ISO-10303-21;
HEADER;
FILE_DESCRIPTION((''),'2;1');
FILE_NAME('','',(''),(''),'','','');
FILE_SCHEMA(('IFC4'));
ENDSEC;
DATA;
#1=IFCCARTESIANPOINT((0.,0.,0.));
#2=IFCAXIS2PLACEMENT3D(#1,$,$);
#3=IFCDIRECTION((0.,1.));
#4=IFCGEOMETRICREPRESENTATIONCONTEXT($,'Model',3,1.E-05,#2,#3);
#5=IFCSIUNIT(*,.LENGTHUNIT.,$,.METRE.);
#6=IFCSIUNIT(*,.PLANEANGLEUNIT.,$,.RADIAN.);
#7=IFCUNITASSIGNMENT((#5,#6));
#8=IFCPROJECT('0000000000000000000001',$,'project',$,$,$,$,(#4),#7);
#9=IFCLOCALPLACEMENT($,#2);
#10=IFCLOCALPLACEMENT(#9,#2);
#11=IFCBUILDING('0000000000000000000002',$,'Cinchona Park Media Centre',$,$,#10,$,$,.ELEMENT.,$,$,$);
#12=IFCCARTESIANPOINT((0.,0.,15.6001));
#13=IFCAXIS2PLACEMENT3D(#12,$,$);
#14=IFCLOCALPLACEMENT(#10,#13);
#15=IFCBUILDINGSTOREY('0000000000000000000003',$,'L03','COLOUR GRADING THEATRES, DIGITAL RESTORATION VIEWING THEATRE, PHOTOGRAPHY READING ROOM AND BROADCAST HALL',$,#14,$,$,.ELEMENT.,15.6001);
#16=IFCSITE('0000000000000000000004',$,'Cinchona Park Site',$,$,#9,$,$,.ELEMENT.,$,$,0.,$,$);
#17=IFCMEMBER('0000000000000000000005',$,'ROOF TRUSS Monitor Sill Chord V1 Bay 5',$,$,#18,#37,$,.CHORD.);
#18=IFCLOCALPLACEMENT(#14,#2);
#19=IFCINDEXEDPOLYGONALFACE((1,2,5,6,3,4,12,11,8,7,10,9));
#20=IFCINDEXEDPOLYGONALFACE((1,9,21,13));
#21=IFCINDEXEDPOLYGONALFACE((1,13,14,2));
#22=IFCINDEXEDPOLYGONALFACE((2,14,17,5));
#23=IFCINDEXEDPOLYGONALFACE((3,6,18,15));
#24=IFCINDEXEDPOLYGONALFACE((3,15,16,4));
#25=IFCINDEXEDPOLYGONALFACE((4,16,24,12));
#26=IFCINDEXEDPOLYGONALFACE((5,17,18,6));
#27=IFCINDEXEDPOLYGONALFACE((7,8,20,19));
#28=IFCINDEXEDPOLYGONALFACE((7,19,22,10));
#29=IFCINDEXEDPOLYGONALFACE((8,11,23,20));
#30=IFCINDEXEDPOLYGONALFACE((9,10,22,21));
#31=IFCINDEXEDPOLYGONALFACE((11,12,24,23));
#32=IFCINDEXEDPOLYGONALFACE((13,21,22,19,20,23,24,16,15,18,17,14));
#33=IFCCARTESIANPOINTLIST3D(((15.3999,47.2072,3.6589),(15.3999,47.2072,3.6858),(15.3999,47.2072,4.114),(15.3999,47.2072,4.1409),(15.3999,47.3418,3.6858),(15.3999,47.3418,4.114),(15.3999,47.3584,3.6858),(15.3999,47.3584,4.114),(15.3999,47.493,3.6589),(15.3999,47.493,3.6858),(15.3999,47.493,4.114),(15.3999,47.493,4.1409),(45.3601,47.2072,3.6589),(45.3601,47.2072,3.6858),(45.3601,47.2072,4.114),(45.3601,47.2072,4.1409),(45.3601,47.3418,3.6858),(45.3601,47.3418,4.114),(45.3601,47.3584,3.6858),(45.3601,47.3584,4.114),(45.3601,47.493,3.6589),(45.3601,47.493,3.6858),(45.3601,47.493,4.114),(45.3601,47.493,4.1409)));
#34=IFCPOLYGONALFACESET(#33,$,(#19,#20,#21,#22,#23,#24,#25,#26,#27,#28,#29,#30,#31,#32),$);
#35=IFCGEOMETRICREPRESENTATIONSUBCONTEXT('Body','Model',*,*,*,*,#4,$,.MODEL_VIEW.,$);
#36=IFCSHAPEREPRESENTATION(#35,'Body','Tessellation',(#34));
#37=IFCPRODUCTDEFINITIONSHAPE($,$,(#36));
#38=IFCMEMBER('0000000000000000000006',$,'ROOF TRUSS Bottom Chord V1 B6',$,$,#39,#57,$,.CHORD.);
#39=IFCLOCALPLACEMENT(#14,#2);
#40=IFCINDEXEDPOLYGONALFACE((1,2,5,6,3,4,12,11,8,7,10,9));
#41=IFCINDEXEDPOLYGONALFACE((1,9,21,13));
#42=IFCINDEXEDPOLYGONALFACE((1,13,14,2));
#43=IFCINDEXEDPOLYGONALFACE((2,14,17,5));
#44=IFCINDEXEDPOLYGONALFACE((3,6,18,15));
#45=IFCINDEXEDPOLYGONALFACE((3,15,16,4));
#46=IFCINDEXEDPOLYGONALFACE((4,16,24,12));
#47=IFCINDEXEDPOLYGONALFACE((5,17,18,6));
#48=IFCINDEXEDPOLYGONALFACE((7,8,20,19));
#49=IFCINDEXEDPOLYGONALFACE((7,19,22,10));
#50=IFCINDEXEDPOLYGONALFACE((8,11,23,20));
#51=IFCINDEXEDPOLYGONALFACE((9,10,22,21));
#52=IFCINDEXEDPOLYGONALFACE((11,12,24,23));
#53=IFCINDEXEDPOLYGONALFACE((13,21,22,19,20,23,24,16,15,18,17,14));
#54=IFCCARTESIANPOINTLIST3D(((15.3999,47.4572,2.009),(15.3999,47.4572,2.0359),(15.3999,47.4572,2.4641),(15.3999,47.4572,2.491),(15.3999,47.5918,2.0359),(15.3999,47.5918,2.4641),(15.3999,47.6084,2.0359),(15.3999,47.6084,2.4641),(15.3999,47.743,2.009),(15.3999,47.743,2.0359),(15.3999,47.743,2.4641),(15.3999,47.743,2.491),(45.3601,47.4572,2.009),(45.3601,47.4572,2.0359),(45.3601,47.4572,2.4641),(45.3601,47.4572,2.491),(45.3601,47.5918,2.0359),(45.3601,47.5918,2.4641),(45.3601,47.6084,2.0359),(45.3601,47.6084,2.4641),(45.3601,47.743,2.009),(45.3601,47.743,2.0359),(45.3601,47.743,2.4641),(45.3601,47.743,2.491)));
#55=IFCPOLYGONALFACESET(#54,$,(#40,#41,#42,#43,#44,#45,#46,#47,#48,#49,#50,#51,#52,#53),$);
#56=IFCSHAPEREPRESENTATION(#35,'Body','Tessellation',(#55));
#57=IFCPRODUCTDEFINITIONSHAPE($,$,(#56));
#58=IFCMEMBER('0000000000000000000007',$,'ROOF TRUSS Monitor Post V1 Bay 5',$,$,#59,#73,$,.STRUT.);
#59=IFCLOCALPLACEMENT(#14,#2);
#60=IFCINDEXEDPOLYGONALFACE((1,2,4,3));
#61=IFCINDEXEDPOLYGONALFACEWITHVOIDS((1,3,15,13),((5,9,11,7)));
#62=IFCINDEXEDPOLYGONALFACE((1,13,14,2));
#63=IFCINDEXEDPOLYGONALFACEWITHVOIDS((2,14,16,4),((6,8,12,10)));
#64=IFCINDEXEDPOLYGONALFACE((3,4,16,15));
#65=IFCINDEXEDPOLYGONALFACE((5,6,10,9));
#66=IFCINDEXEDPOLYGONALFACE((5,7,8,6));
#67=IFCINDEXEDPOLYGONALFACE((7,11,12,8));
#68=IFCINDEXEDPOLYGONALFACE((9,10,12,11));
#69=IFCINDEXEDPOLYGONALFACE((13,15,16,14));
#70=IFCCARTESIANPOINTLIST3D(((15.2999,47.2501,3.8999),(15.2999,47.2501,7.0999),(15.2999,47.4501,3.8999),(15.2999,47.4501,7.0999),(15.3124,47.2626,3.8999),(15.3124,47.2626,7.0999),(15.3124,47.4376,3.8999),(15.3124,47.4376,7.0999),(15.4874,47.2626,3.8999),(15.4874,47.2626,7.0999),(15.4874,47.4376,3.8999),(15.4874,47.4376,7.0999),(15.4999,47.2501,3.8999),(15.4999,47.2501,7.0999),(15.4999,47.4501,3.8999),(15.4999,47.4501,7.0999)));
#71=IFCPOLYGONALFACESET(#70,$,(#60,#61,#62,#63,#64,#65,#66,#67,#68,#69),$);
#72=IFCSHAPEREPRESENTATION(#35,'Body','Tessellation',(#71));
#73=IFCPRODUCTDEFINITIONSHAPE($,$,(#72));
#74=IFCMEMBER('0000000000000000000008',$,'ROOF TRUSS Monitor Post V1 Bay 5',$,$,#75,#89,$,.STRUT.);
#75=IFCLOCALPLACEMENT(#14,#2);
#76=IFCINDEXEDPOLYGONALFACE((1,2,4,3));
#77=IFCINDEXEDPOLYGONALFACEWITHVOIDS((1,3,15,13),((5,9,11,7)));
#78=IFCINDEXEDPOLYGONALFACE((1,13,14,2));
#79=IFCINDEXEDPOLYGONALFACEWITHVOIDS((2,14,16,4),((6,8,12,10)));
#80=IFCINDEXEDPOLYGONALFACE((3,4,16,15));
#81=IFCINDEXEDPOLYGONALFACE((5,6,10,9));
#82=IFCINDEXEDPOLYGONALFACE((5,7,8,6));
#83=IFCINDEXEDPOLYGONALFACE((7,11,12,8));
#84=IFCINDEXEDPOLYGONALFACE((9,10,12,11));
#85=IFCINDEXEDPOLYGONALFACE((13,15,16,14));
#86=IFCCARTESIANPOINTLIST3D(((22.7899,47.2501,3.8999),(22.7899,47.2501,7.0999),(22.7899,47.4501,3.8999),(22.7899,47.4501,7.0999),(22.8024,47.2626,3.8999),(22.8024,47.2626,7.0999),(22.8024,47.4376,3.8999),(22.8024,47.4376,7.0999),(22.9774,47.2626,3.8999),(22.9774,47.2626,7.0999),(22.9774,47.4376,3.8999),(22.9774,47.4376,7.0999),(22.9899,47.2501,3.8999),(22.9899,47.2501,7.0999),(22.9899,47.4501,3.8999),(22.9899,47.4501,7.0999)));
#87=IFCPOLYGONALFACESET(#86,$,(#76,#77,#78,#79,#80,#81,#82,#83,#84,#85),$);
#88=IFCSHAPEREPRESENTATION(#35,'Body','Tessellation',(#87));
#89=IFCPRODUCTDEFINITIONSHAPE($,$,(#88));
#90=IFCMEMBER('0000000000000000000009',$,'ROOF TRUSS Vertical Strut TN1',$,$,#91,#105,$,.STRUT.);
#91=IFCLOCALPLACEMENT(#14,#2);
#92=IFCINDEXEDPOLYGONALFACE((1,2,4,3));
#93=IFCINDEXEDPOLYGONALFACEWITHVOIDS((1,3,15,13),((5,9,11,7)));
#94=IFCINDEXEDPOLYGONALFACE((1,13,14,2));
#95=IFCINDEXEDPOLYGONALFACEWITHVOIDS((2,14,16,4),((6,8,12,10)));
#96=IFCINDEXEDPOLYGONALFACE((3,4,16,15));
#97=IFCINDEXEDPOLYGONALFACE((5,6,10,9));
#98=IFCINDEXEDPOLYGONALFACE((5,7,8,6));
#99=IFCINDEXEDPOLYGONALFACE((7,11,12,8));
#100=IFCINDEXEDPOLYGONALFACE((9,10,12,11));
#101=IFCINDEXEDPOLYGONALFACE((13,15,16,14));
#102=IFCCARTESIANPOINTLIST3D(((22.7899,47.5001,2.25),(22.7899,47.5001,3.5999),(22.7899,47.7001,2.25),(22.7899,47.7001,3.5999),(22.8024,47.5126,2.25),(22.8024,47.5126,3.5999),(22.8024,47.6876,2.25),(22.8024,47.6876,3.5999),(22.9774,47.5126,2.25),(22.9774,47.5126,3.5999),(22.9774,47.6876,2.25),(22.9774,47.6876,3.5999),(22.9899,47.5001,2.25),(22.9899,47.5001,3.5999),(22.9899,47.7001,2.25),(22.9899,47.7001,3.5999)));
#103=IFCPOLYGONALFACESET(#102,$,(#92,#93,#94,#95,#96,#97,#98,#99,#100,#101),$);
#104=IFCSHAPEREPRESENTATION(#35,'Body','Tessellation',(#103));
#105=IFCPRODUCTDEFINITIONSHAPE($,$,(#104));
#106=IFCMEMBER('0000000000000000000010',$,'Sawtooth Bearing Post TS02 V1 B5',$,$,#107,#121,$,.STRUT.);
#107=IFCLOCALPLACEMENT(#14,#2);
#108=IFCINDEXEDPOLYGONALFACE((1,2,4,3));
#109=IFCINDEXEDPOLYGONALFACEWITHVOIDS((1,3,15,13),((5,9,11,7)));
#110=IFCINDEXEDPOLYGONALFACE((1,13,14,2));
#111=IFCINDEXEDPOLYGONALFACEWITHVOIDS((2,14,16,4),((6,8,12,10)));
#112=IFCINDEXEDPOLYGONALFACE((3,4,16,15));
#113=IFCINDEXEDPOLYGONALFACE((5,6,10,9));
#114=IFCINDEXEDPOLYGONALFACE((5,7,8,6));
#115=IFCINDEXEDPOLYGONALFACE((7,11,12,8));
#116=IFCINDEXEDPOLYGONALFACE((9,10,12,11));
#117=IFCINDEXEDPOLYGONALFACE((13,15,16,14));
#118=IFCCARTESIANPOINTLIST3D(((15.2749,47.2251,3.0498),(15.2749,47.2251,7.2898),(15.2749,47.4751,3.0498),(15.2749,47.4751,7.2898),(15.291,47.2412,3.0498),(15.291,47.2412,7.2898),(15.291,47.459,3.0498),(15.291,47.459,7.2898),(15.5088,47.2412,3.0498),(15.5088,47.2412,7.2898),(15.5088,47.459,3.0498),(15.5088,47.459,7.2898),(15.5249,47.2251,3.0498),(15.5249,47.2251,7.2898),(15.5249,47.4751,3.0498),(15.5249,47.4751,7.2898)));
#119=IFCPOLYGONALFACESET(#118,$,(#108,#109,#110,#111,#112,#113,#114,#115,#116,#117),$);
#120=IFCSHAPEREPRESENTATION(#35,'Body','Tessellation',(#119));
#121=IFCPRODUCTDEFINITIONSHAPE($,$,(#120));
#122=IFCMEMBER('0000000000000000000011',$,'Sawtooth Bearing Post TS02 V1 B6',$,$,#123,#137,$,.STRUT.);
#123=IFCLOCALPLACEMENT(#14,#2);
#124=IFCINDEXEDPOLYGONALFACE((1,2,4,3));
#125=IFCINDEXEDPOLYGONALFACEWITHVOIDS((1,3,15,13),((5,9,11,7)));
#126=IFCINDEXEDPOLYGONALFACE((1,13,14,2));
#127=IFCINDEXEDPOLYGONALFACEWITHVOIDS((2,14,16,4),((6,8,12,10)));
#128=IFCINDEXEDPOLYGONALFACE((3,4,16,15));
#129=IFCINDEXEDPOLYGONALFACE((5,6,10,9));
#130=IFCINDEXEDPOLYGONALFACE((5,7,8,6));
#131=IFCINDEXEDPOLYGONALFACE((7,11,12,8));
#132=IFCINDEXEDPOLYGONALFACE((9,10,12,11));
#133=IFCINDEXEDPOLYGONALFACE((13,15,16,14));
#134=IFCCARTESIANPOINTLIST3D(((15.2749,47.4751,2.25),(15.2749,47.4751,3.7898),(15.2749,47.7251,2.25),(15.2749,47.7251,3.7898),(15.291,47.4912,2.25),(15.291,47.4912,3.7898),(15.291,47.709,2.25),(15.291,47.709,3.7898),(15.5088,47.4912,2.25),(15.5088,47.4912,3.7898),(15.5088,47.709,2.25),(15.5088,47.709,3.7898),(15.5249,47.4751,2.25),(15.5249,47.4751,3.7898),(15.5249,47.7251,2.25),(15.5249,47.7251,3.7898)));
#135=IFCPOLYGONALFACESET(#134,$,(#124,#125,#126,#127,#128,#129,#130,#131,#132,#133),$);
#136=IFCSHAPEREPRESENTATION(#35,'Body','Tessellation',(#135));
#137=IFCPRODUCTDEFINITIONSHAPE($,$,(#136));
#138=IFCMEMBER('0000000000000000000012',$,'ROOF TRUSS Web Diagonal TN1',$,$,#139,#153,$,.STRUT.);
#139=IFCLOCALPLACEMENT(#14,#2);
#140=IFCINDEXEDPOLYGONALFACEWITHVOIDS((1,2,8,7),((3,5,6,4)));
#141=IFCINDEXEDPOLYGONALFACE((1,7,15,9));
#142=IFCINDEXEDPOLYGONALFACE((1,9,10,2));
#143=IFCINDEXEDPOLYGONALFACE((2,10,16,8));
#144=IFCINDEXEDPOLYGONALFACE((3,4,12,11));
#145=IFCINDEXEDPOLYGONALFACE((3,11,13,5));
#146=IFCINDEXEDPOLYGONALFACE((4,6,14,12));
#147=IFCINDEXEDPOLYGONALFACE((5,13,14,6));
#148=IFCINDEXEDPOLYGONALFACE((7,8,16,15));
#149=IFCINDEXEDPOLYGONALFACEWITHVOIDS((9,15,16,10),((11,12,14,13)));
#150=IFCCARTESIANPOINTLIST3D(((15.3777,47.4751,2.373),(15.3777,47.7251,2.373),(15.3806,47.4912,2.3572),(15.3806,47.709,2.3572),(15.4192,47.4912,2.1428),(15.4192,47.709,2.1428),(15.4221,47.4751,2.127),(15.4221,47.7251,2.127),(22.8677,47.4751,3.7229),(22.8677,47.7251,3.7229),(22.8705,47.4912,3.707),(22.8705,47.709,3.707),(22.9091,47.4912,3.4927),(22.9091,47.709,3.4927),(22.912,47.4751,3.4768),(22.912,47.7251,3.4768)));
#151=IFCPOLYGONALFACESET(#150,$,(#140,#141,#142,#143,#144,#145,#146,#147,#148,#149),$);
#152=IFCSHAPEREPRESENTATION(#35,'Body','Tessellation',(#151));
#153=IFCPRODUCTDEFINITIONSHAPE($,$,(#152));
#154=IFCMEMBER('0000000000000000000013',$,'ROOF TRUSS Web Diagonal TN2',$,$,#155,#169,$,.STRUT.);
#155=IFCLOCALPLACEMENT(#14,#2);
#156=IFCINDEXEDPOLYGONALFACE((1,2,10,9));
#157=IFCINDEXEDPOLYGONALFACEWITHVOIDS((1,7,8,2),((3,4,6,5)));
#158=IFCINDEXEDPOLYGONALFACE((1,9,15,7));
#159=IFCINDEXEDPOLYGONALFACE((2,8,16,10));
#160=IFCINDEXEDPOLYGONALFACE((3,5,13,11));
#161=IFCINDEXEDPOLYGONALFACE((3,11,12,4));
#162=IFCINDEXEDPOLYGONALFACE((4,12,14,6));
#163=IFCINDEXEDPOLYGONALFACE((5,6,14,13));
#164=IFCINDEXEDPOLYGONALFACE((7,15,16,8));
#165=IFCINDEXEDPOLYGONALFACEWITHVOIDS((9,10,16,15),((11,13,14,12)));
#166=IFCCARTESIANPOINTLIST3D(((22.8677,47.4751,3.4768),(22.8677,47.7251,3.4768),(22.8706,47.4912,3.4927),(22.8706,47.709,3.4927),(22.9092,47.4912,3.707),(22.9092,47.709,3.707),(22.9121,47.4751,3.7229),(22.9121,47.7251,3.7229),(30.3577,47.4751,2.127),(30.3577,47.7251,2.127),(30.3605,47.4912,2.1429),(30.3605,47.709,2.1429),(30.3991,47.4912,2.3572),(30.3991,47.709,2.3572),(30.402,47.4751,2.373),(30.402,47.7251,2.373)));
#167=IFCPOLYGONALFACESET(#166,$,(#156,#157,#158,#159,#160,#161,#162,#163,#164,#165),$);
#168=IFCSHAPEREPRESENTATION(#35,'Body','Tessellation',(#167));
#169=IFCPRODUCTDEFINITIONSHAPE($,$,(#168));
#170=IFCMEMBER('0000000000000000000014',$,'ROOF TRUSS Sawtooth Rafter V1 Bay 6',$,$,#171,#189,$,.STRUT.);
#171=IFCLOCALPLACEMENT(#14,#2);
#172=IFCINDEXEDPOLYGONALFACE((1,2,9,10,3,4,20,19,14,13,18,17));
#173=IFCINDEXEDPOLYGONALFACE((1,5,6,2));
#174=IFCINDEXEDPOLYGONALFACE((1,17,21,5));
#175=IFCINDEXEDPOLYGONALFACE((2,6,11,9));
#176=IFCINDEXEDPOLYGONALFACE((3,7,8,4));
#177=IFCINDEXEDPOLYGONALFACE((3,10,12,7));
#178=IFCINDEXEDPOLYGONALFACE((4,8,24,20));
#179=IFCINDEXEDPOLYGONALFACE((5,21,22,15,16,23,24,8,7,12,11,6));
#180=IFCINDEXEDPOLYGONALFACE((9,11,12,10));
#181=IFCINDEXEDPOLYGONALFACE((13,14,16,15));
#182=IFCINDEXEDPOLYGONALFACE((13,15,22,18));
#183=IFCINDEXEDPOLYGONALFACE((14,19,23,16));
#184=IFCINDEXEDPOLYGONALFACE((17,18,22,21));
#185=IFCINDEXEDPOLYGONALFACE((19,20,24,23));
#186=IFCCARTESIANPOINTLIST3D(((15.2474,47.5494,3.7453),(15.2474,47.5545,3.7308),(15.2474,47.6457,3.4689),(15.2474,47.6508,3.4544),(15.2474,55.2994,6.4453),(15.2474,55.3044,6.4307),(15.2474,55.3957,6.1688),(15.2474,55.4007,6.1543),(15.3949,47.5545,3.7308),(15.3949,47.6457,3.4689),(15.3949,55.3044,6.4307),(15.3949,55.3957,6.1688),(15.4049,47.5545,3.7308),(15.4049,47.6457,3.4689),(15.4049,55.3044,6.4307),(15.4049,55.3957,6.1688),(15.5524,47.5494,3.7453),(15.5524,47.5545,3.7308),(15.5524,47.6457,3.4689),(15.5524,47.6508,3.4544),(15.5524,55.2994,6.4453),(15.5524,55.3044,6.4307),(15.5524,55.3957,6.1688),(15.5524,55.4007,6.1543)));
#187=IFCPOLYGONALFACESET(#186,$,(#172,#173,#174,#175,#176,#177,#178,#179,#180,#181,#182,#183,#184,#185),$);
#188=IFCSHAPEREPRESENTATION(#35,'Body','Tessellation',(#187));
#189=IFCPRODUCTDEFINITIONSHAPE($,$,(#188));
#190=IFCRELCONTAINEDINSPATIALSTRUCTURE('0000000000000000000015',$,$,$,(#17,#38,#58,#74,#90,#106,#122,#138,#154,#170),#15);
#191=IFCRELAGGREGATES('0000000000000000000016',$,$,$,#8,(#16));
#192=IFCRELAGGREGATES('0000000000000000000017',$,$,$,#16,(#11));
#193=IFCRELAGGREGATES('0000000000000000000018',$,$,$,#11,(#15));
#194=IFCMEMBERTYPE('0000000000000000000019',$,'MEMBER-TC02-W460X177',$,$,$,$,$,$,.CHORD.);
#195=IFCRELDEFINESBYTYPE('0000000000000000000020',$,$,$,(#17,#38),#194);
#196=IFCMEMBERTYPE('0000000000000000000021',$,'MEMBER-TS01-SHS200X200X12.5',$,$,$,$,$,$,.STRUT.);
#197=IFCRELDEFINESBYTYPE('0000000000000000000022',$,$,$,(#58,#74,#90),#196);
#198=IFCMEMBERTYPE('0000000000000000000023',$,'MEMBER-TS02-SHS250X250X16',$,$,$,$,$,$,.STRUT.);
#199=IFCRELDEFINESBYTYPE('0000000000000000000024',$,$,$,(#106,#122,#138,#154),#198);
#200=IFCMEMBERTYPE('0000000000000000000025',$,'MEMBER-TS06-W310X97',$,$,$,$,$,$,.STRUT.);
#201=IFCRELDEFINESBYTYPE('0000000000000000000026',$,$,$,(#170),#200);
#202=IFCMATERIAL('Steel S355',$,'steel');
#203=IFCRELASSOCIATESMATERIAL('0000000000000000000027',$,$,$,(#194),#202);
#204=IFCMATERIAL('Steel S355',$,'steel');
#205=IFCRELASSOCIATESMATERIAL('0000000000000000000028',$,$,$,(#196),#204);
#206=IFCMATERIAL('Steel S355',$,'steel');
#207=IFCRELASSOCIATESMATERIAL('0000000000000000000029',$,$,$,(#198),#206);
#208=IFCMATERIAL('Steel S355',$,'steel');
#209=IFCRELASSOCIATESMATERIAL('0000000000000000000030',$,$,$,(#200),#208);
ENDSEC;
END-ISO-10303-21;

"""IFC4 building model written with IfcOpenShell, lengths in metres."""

from ifc_helpers import new_model, si_unit, direction, frame, origin, origin_2d, place, context, subcontext, project, spatial, hollow_rectangle, i_section, extrude, material, material_profile, profile_set, type_object, element, save


model = new_model("IFC4")

# Units and contexts
model_context = context("Model", 3, precision=1e-05, world=origin(), true_north=direction((0.0, 1.0)))
body_context = subcontext(model_context, "Body", "Model", "MODEL_VIEW")
ifc_project = project(units=[si_unit("LENGTHUNIT", "METRE"), si_unit("PLANEANGLEUNIT", "RADIAN")], contexts=[model_context])

# Site, building, storey
site_placement = place(None, origin())
site = spatial("IfcSite", under=ifc_project, at=site_placement, Name="Cinchona Park Site", CompositionType="ELEMENT", RefElevation=0.0)
building_placement = place(site_placement, origin())
building = spatial("IfcBuilding", under=site, at=building_placement, Name="Cinchona Park Media Centre", CompositionType="ELEMENT")
storey_placement = place(building_placement, frame((0.0, 0.0, 15.6001)))
storey = spatial("IfcBuildingStorey", under=building, at=storey_placement, Name="L03", Description="COLOUR GRADING THEATRES, DIGITAL RESTORATION VIEWING THEATRE, PHOTOGRAPHY READING ROOM AND BROADCAST HALL", CompositionType="ELEMENT", Elevation=15.6001)

# Members
ifc_material_1 = material(Name="Steel S355", Category="steel")
ifc_material_profile_1 = material_profile(ifc_material_1, i_section(OverallWidth=0.2859, OverallDepth=0.4819, WebThickness=0.0166, FlangeThickness=0.0269, at=origin_2d()), Name="W460X177")
ifc_profile_set_1 = profile_set([ifc_material_profile_1], Name="Steel S355")
member_type_1 = type_object("IfcMemberType", Name="MEMBER-TC02-W460X177", PredefinedType="CHORD", material=ifc_profile_set_1)
for number, where, z_axis, x_axis, name in (
    (1, (15.3999, 47.3501, 3.8999), (1.0, 0.0, 0.0), (0.0, 1.0, 0.0), "ROOF TRUSS Monitor Sill Chord V1 Bay 5"),
    (2, (15.3999, 47.6001, 2.25), (1.0, 0.0, 0.0), (0.0, 1.0, 0.0), "ROOF TRUSS Bottom Chord V1 B6"),
):
    element("IfcMember", number, at=place(storey_placement, frame(where, z_axis=z_axis, x_axis=x_axis)), inside=storey, type_object=member_type_1, Name=name, PredefinedType="CHORD", context=body_context, shape_type="SweptSolid", body=[
        extrude(i_section(OverallWidth=0.2859, OverallDepth=0.4819, WebThickness=0.0166, FlangeThickness=0.0269, at=origin_2d()), origin(), (0.0, 0.0, 1.0), 29.9602),
    ])
ifc_material_2 = material(Name="Steel S355", Category="steel")
ifc_material_profile_2 = material_profile(ifc_material_2, hollow_rectangle(XDim=0.2, YDim=0.2, WallThickness=0.0125, at=origin_2d()), Name="200X200X12.5SHS")
ifc_profile_set_2 = profile_set([ifc_material_profile_2], Name="Steel S355")
member_type_2 = type_object("IfcMemberType", Name="MEMBER-TS01-SHS200X200X12.5", PredefinedType="STRUT", material=ifc_profile_set_2)
for number, where, z_axis, x_axis, name in (
    (3, (15.3999, 47.3501, 3.8999), (0.0, 0.0, 1.0), (1.0, 0.0, 0.0), "ROOF TRUSS Monitor Post V1 Bay 5"),
    (4, (22.8899, 47.3501, 3.8999), (0.0, 0.0, 1.0), (1.0, 0.0, 0.0), "ROOF TRUSS Monitor Post V1 Bay 5"),
):
    element("IfcMember", number, at=place(storey_placement, frame(where, z_axis=z_axis, x_axis=x_axis)), inside=storey, type_object=member_type_2, Name=name, PredefinedType="STRUT", context=body_context, shape_type="SweptSolid", body=[
        extrude(hollow_rectangle(XDim=0.2, YDim=0.2, WallThickness=0.0125, at=origin_2d()), origin(), (0.0, 0.0, 1.0), 3.2),
    ])
member_1_placement = place(storey_placement, frame((22.8899, 47.6001, 2.25), z_axis=(0.0, 0.0, 1.0), x_axis=(1.0, 0.0, 0.0)))
element("IfcMember", 5, at=member_1_placement, inside=storey, type_object=member_type_2, Name="ROOF TRUSS Vertical Strut TN1", PredefinedType="STRUT", context=body_context, shape_type="SweptSolid", body=[
    extrude(hollow_rectangle(XDim=0.2, YDim=0.2, WallThickness=0.0125, at=origin_2d()), origin(), (0.0, 0.0, 1.0), 1.3499),
])
ifc_material_3 = material(Name="Steel S355", Category="steel")
ifc_material_profile_3 = material_profile(ifc_material_3, hollow_rectangle(XDim=0.25, YDim=0.25, WallThickness=0.0161, at=origin_2d()), Name="250X250X16SHS")
ifc_profile_set_3 = profile_set([ifc_material_profile_3], Name="Steel S355")
member_type_3 = type_object("IfcMemberType", Name="MEMBER-TS02-SHS250X250X16", PredefinedType="STRUT", material=ifc_profile_set_3)
member_2_placement = place(storey_placement, frame((15.3999, 47.3501, 3.0498), z_axis=(0.0, 0.0, 1.0), x_axis=(1.0, 0.0, 0.0)))
element("IfcMember", 6, at=member_2_placement, inside=storey, type_object=member_type_3, Name="Sawtooth Bearing Post TS02 V1 B5", PredefinedType="STRUT", context=body_context, shape_type="SweptSolid", body=[
    extrude(hollow_rectangle(XDim=0.25, YDim=0.25, WallThickness=0.0161, at=origin_2d()), origin(), (0.0, 0.0, 1.0), 4.24),
])
member_3_placement = place(storey_placement, frame((15.3999, 47.6001, 2.25), z_axis=(0.0, 0.0, 1.0), x_axis=(1.0, 0.0, 0.0)))
element("IfcMember", 7, at=member_3_placement, inside=storey, type_object=member_type_3, Name="Sawtooth Bearing Post TS02 V1 B6", PredefinedType="STRUT", context=body_context, shape_type="SweptSolid", body=[
    extrude(hollow_rectangle(XDim=0.25, YDim=0.25, WallThickness=0.0161, at=origin_2d()), origin(), (0.0, 0.0, 1.0), 1.5398),
])
for number, where, z_axis, x_axis, name in (
    (8, (15.3999, 47.6001, 2.25), (0.984145, 0.0, 0.177364), (0.0, 1.0, 0.0), "ROOF TRUSS Web Diagonal TN1"),
    (9, (22.8899, 47.6001, 3.5999), (0.984145, 0.0, -0.177364), (0.0, 1.0, 0.0), "ROOF TRUSS Web Diagonal TN2"),
):
    element("IfcMember", number, at=place(storey_placement, frame(where, z_axis=z_axis, x_axis=x_axis)), inside=storey, type_object=member_type_3, Name=name, PredefinedType="STRUT", context=body_context, shape_type="SweptSolid", body=[
        extrude(hollow_rectangle(XDim=0.25, YDim=0.25, WallThickness=0.0161, at=origin_2d()), origin(), (0.0, 0.0, 1.0), 7.6106),
    ])
ifc_material_4 = material(Name="Steel S355", Category="steel")
ifc_material_profile_4 = material_profile(ifc_material_4, i_section(OverallWidth=0.3049, OverallDepth=0.3081, WebThickness=0.01, FlangeThickness=0.0154, at=origin_2d()), Name="W310X97")
ifc_profile_set_4 = profile_set([ifc_material_profile_4], Name="Steel S355")
member_type_4 = type_object("IfcMemberType", Name="MEMBER-TS06-W310X97", PredefinedType="STRUT", material=ifc_profile_set_4)
for number, where, z_axis, x_axis, name in (
    (10, (15.3999, 47.6001, 3.5999), (0.0, 0.944334, 0.328988), (-1.0, 0.0, 0.0), "ROOF TRUSS Sawtooth Rafter V1 Bay 6"),
):
    element("IfcMember", number, at=place(storey_placement, frame(where, z_axis=z_axis, x_axis=x_axis)), inside=storey, type_object=member_type_4, Name=name, PredefinedType="STRUT", context=body_context, shape_type="SweptSolid", body=[
        extrude(i_section(OverallWidth=0.3049, OverallDepth=0.3081, WebThickness=0.01, FlangeThickness=0.0154, at=origin_2d()), origin(), (0.0, 0.0, 1.0), 8.2068),
    ])

save(model, "model.ifc")
